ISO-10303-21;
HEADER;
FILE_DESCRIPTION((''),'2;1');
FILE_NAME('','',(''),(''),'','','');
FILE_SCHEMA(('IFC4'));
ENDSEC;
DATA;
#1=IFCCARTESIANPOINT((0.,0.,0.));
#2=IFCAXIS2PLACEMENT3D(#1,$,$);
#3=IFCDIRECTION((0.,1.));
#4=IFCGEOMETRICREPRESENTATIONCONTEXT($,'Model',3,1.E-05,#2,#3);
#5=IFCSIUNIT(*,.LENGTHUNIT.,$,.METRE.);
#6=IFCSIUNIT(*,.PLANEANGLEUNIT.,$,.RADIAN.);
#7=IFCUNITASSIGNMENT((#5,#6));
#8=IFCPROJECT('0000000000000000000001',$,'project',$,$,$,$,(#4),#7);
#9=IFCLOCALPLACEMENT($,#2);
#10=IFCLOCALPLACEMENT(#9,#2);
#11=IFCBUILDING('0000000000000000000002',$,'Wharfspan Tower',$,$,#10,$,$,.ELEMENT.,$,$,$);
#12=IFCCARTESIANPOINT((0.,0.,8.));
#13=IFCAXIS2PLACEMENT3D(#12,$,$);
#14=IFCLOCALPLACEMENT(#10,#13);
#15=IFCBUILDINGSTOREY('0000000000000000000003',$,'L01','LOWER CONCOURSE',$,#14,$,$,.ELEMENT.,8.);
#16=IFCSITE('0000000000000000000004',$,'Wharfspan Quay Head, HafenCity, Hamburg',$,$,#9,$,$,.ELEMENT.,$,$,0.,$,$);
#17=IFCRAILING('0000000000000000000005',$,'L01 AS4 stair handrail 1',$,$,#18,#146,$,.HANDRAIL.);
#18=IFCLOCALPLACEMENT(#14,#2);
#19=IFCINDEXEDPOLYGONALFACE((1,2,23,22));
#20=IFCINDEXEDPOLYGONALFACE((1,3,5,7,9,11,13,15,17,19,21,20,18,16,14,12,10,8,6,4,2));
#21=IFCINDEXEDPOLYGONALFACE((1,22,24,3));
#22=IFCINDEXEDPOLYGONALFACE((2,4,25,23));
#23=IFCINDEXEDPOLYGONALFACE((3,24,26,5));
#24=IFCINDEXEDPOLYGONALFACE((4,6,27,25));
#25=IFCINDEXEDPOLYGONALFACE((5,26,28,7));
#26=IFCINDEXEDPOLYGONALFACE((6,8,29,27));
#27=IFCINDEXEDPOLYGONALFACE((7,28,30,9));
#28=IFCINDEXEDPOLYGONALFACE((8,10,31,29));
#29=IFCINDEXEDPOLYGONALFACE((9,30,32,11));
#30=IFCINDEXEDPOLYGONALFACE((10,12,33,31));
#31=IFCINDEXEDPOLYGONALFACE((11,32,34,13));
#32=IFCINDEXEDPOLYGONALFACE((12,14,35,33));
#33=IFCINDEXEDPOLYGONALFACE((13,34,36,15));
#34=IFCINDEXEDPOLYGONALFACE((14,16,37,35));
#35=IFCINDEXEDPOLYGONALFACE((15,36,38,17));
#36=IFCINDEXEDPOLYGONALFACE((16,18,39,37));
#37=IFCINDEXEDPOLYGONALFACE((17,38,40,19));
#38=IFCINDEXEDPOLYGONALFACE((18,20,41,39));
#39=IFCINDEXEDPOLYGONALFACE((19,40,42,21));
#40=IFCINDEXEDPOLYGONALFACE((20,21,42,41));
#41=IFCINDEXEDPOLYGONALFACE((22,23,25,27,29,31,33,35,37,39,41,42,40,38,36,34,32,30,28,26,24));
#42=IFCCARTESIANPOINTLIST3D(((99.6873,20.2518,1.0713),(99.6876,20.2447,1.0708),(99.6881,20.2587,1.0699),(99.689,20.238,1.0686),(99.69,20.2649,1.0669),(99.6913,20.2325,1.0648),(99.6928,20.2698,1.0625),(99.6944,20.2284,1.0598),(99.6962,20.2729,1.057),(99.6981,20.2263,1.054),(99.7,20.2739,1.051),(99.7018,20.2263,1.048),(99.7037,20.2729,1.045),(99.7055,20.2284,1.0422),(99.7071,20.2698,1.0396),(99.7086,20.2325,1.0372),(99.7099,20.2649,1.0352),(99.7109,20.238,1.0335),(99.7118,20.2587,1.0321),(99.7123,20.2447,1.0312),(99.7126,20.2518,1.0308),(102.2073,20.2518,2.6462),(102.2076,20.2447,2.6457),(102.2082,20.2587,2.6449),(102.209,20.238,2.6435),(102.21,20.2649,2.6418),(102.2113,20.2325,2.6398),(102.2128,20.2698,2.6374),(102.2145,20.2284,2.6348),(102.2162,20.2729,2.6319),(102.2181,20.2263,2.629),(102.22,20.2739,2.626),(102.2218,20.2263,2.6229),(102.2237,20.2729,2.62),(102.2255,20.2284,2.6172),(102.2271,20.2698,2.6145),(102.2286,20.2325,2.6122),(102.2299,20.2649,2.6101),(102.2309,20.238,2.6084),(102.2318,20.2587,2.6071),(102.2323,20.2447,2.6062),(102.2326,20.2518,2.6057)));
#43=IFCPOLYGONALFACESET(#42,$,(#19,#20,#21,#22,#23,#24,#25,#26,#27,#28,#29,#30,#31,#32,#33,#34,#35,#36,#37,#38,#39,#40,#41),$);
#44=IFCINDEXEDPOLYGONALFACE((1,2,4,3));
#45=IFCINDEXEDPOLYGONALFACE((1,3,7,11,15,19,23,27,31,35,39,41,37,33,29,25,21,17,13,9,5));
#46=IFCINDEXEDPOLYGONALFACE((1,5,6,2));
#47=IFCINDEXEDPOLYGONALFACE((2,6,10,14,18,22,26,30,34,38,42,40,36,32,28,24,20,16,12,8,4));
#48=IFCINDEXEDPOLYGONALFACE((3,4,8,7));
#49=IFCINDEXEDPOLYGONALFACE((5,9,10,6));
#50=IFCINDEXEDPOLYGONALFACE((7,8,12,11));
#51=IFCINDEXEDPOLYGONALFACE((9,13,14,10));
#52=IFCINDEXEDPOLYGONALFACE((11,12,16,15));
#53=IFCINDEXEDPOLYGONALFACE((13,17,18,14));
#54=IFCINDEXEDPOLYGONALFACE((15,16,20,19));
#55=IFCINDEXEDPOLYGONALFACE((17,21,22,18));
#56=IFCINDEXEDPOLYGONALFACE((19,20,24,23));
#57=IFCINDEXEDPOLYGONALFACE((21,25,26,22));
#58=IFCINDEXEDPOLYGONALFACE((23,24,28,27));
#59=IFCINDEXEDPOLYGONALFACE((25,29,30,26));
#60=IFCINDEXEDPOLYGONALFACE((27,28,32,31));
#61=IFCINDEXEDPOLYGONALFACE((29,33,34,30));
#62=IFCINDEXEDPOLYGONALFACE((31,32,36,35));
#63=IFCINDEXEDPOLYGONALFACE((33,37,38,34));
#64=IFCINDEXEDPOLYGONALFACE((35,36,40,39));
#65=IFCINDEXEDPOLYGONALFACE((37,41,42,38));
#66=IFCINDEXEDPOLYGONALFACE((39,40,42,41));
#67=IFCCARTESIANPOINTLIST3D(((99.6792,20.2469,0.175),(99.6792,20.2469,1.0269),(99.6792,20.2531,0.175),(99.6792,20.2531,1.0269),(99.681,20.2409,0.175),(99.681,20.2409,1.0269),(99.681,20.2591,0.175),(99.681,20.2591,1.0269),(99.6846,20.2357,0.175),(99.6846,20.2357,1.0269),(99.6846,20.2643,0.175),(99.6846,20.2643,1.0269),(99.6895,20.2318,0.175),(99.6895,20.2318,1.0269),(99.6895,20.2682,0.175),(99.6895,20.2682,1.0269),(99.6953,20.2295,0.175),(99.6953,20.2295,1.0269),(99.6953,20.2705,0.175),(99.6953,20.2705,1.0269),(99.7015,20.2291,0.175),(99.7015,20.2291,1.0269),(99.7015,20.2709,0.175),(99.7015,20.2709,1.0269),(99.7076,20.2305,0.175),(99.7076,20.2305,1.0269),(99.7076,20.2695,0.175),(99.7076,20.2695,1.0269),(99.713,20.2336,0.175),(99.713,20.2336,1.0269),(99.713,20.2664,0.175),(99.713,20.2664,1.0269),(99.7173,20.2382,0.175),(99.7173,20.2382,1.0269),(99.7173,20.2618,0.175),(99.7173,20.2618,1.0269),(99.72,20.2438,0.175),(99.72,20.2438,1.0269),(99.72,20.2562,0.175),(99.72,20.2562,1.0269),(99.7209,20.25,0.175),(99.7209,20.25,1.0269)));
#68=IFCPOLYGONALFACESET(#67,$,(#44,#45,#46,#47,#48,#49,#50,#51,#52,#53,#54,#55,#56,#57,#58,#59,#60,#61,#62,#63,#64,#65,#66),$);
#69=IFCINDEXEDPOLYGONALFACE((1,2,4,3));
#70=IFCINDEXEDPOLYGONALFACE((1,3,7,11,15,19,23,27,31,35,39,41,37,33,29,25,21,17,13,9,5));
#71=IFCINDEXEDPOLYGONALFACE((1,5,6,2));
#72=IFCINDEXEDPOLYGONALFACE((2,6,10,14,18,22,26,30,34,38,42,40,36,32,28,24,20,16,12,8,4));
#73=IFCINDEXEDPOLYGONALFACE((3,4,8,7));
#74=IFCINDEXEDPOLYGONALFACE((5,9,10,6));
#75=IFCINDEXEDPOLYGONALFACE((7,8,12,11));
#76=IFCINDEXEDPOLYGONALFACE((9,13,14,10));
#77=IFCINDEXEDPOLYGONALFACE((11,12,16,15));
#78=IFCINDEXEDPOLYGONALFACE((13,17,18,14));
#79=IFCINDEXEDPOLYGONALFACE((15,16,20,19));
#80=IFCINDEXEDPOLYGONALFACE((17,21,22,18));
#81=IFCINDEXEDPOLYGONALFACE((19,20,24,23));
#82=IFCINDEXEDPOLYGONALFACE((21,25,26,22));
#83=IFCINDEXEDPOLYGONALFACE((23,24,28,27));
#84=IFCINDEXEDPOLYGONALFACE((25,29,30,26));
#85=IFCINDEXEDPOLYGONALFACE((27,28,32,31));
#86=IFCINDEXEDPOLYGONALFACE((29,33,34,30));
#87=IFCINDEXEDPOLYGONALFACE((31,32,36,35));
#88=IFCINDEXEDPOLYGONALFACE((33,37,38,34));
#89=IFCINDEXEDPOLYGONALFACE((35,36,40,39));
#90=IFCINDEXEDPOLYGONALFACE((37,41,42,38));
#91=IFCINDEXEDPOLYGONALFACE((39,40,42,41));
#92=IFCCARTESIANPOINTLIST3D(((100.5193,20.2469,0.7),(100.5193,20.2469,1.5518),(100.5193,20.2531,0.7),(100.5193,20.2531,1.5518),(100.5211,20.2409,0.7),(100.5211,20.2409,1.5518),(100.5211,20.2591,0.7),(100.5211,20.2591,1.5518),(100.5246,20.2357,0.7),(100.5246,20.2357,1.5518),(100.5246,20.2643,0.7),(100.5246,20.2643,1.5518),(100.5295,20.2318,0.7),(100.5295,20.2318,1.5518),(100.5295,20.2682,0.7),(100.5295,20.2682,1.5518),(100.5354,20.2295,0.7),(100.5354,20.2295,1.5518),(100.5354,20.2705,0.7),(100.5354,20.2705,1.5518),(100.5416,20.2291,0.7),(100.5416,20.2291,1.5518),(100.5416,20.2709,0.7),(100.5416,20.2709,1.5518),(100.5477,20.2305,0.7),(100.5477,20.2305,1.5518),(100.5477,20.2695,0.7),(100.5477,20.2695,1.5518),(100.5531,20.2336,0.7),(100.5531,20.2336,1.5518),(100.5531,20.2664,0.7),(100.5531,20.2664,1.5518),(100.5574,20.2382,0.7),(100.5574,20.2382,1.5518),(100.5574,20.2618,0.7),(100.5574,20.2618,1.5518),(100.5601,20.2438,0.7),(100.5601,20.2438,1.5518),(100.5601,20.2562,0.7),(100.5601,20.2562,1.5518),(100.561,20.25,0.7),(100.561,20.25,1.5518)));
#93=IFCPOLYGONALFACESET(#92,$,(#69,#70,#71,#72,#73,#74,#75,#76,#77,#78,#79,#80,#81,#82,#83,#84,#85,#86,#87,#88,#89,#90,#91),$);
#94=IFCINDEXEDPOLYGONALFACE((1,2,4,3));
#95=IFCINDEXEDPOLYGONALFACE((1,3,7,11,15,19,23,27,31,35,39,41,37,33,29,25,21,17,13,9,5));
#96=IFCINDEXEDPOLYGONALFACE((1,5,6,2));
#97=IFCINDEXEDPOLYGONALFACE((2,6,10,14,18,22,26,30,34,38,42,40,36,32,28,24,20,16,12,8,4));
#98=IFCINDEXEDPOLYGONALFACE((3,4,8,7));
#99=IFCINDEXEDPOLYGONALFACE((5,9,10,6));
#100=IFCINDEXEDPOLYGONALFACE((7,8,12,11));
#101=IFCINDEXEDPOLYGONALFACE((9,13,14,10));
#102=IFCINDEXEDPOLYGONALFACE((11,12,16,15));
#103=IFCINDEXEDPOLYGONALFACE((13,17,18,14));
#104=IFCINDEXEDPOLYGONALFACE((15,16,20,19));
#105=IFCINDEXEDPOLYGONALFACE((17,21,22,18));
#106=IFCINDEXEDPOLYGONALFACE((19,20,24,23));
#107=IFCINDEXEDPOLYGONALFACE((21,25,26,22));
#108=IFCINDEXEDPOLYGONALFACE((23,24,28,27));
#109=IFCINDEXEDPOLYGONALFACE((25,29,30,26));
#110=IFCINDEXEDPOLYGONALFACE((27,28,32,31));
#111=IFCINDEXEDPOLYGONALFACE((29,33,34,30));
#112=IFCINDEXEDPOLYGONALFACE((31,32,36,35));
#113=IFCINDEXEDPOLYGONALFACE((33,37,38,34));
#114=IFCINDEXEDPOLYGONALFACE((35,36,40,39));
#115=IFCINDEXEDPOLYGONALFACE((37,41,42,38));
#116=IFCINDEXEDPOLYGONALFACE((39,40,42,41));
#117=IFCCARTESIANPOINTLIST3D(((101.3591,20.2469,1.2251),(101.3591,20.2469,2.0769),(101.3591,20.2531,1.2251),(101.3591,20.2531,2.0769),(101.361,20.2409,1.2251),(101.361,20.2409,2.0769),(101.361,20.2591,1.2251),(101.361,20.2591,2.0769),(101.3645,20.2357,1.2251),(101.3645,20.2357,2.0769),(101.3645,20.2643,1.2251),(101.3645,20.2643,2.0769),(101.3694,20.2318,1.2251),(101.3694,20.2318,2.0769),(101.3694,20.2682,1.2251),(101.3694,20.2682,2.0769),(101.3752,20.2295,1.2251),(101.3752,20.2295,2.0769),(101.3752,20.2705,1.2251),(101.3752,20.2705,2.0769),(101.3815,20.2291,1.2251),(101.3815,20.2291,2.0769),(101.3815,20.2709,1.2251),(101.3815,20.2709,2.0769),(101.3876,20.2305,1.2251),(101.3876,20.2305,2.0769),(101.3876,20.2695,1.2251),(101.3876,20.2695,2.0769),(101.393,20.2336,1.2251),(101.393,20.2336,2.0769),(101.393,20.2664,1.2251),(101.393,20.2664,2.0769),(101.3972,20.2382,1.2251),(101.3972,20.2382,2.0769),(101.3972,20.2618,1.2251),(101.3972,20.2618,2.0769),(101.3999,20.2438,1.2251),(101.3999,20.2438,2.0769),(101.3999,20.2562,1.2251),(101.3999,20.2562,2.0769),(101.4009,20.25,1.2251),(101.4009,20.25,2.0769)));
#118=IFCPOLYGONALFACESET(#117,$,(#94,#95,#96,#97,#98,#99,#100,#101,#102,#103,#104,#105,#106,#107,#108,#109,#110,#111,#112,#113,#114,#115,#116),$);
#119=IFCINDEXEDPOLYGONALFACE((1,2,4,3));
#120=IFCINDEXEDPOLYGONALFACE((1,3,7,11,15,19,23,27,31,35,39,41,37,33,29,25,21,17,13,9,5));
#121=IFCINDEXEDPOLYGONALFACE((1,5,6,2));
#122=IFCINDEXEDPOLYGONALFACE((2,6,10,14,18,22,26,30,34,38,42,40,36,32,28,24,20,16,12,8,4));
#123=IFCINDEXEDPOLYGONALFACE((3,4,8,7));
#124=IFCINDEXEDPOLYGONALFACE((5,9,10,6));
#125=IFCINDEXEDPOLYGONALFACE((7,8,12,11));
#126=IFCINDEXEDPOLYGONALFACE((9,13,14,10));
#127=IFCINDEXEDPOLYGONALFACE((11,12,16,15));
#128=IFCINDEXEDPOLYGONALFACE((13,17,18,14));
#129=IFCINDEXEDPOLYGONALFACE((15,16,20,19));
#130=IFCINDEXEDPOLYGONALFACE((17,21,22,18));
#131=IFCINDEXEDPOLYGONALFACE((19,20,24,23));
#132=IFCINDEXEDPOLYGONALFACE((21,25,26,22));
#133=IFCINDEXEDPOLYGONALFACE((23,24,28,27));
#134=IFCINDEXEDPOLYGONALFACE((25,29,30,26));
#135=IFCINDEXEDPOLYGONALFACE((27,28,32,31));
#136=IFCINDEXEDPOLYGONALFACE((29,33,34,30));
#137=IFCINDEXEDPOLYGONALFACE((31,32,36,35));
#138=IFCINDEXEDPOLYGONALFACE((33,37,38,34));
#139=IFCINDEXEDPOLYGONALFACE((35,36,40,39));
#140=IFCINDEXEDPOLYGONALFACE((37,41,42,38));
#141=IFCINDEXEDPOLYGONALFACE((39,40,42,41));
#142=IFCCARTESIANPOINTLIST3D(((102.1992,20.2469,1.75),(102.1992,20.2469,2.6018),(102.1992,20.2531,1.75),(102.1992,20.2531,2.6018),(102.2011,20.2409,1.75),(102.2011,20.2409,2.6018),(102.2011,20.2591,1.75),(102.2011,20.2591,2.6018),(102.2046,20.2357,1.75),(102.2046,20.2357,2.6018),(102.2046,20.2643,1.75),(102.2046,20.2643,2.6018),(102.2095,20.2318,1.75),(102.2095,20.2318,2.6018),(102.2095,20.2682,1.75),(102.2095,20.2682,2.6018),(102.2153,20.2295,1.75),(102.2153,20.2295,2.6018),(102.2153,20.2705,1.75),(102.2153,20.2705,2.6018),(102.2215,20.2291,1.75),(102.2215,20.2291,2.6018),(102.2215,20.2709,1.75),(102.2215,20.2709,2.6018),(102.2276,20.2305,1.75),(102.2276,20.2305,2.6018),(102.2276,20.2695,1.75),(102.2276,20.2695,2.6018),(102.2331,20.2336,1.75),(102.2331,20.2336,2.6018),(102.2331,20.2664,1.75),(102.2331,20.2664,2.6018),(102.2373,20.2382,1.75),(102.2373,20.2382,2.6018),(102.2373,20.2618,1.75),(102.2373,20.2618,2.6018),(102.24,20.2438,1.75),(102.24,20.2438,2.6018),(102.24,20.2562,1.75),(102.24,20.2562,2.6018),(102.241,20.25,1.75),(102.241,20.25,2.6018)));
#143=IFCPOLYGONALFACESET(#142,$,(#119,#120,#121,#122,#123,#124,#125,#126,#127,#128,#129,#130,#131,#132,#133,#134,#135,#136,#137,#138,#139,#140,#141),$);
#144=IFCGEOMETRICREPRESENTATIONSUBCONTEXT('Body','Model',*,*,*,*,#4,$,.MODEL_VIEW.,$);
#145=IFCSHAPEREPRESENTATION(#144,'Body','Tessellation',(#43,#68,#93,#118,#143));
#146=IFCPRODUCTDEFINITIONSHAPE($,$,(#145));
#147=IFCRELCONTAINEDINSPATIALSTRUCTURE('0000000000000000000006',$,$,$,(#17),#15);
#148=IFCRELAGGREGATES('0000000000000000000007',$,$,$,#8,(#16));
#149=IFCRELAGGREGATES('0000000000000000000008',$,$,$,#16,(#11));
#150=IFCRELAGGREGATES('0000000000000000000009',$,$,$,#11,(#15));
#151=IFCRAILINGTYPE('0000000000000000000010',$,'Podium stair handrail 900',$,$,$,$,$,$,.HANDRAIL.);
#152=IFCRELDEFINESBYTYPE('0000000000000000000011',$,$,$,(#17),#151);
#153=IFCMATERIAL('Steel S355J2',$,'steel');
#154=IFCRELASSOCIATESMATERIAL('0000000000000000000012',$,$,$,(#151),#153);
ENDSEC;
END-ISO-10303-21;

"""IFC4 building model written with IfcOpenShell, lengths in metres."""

from ifc_helpers import new_model, si_unit, direction, frame, origin, origin_2d, place, context, subcontext, project, spatial, circle, extrude, material, type_object, element, save


model = new_model("IFC4")

# Units and contexts
model_context = context("Model", 3, precision=1e-05, world=origin(), true_north=direction((0.0, 1.0)))
body_context = subcontext(model_context, "Body", "Model", "MODEL_VIEW")
ifc_project = project(units=[si_unit("LENGTHUNIT", "METRE"), si_unit("PLANEANGLEUNIT", "RADIAN")], contexts=[model_context])

# Site, building, storey
site_placement = place(None, origin())
site = spatial("IfcSite", under=ifc_project, at=site_placement, Name="Wharfspan Quay Head, HafenCity, Hamburg", CompositionType="ELEMENT", RefElevation=0.0)
building_placement = place(site_placement, origin())
building = spatial("IfcBuilding", under=site, at=building_placement, Name="Wharfspan Tower", CompositionType="ELEMENT")
storey_placement = place(building_placement, frame((0.0, 0.0, 8.0)))
storey = spatial("IfcBuildingStorey", under=building, at=storey_placement, Name="L01", Description="LOWER CONCOURSE", CompositionType="ELEMENT", Elevation=8.0)

# Railing
ifc_material_1 = material(Name="Steel S355J2", Category="steel")
railing_type_1 = type_object("IfcRailingType", Name="Podium stair handrail 900", PredefinedType="HANDRAIL", material=ifc_material_1)
for number, where, name in (
    (1, (99.7, 20.25, 0.175), "L01 AS4 stair handrail 1"),
):
    element("IfcRailing", number, at=place(storey_placement, frame(where)), inside=storey, type_object=railing_type_1, Name=name, PredefinedType="HANDRAIL", context=body_context, shape_type="SweptSolid", body=[
        extrude(circle(Radius=0.0239, at=origin_2d()), frame((0.0, 0.0, 0.876), z_axis=(0.848008, 0.0, 0.529984), x_axis=(0.0, 1.0, 0.0)), (0.0, 0.0, 1.0), 2.9717),
        extrude(circle(Radius=0.021, at=origin_2d()), origin(), (0.0, 0.0, 1.0), 0.8518),
        extrude(circle(Radius=0.021, at=origin_2d()), frame((0.8401, 0.0, 0.5249)), (0.0, 0.0, 1.0), 0.8518),
        extrude(circle(Radius=0.021, at=origin_2d()), frame((1.6799, 0.0, 1.05)), (0.0, 0.0, 1.0), 0.8518),
        extrude(circle(Radius=0.021, at=origin_2d()), frame((2.52, 0.0, 1.575)), (0.0, 0.0, 1.0), 0.8518),
    ])

save(model, "model.ifc")
